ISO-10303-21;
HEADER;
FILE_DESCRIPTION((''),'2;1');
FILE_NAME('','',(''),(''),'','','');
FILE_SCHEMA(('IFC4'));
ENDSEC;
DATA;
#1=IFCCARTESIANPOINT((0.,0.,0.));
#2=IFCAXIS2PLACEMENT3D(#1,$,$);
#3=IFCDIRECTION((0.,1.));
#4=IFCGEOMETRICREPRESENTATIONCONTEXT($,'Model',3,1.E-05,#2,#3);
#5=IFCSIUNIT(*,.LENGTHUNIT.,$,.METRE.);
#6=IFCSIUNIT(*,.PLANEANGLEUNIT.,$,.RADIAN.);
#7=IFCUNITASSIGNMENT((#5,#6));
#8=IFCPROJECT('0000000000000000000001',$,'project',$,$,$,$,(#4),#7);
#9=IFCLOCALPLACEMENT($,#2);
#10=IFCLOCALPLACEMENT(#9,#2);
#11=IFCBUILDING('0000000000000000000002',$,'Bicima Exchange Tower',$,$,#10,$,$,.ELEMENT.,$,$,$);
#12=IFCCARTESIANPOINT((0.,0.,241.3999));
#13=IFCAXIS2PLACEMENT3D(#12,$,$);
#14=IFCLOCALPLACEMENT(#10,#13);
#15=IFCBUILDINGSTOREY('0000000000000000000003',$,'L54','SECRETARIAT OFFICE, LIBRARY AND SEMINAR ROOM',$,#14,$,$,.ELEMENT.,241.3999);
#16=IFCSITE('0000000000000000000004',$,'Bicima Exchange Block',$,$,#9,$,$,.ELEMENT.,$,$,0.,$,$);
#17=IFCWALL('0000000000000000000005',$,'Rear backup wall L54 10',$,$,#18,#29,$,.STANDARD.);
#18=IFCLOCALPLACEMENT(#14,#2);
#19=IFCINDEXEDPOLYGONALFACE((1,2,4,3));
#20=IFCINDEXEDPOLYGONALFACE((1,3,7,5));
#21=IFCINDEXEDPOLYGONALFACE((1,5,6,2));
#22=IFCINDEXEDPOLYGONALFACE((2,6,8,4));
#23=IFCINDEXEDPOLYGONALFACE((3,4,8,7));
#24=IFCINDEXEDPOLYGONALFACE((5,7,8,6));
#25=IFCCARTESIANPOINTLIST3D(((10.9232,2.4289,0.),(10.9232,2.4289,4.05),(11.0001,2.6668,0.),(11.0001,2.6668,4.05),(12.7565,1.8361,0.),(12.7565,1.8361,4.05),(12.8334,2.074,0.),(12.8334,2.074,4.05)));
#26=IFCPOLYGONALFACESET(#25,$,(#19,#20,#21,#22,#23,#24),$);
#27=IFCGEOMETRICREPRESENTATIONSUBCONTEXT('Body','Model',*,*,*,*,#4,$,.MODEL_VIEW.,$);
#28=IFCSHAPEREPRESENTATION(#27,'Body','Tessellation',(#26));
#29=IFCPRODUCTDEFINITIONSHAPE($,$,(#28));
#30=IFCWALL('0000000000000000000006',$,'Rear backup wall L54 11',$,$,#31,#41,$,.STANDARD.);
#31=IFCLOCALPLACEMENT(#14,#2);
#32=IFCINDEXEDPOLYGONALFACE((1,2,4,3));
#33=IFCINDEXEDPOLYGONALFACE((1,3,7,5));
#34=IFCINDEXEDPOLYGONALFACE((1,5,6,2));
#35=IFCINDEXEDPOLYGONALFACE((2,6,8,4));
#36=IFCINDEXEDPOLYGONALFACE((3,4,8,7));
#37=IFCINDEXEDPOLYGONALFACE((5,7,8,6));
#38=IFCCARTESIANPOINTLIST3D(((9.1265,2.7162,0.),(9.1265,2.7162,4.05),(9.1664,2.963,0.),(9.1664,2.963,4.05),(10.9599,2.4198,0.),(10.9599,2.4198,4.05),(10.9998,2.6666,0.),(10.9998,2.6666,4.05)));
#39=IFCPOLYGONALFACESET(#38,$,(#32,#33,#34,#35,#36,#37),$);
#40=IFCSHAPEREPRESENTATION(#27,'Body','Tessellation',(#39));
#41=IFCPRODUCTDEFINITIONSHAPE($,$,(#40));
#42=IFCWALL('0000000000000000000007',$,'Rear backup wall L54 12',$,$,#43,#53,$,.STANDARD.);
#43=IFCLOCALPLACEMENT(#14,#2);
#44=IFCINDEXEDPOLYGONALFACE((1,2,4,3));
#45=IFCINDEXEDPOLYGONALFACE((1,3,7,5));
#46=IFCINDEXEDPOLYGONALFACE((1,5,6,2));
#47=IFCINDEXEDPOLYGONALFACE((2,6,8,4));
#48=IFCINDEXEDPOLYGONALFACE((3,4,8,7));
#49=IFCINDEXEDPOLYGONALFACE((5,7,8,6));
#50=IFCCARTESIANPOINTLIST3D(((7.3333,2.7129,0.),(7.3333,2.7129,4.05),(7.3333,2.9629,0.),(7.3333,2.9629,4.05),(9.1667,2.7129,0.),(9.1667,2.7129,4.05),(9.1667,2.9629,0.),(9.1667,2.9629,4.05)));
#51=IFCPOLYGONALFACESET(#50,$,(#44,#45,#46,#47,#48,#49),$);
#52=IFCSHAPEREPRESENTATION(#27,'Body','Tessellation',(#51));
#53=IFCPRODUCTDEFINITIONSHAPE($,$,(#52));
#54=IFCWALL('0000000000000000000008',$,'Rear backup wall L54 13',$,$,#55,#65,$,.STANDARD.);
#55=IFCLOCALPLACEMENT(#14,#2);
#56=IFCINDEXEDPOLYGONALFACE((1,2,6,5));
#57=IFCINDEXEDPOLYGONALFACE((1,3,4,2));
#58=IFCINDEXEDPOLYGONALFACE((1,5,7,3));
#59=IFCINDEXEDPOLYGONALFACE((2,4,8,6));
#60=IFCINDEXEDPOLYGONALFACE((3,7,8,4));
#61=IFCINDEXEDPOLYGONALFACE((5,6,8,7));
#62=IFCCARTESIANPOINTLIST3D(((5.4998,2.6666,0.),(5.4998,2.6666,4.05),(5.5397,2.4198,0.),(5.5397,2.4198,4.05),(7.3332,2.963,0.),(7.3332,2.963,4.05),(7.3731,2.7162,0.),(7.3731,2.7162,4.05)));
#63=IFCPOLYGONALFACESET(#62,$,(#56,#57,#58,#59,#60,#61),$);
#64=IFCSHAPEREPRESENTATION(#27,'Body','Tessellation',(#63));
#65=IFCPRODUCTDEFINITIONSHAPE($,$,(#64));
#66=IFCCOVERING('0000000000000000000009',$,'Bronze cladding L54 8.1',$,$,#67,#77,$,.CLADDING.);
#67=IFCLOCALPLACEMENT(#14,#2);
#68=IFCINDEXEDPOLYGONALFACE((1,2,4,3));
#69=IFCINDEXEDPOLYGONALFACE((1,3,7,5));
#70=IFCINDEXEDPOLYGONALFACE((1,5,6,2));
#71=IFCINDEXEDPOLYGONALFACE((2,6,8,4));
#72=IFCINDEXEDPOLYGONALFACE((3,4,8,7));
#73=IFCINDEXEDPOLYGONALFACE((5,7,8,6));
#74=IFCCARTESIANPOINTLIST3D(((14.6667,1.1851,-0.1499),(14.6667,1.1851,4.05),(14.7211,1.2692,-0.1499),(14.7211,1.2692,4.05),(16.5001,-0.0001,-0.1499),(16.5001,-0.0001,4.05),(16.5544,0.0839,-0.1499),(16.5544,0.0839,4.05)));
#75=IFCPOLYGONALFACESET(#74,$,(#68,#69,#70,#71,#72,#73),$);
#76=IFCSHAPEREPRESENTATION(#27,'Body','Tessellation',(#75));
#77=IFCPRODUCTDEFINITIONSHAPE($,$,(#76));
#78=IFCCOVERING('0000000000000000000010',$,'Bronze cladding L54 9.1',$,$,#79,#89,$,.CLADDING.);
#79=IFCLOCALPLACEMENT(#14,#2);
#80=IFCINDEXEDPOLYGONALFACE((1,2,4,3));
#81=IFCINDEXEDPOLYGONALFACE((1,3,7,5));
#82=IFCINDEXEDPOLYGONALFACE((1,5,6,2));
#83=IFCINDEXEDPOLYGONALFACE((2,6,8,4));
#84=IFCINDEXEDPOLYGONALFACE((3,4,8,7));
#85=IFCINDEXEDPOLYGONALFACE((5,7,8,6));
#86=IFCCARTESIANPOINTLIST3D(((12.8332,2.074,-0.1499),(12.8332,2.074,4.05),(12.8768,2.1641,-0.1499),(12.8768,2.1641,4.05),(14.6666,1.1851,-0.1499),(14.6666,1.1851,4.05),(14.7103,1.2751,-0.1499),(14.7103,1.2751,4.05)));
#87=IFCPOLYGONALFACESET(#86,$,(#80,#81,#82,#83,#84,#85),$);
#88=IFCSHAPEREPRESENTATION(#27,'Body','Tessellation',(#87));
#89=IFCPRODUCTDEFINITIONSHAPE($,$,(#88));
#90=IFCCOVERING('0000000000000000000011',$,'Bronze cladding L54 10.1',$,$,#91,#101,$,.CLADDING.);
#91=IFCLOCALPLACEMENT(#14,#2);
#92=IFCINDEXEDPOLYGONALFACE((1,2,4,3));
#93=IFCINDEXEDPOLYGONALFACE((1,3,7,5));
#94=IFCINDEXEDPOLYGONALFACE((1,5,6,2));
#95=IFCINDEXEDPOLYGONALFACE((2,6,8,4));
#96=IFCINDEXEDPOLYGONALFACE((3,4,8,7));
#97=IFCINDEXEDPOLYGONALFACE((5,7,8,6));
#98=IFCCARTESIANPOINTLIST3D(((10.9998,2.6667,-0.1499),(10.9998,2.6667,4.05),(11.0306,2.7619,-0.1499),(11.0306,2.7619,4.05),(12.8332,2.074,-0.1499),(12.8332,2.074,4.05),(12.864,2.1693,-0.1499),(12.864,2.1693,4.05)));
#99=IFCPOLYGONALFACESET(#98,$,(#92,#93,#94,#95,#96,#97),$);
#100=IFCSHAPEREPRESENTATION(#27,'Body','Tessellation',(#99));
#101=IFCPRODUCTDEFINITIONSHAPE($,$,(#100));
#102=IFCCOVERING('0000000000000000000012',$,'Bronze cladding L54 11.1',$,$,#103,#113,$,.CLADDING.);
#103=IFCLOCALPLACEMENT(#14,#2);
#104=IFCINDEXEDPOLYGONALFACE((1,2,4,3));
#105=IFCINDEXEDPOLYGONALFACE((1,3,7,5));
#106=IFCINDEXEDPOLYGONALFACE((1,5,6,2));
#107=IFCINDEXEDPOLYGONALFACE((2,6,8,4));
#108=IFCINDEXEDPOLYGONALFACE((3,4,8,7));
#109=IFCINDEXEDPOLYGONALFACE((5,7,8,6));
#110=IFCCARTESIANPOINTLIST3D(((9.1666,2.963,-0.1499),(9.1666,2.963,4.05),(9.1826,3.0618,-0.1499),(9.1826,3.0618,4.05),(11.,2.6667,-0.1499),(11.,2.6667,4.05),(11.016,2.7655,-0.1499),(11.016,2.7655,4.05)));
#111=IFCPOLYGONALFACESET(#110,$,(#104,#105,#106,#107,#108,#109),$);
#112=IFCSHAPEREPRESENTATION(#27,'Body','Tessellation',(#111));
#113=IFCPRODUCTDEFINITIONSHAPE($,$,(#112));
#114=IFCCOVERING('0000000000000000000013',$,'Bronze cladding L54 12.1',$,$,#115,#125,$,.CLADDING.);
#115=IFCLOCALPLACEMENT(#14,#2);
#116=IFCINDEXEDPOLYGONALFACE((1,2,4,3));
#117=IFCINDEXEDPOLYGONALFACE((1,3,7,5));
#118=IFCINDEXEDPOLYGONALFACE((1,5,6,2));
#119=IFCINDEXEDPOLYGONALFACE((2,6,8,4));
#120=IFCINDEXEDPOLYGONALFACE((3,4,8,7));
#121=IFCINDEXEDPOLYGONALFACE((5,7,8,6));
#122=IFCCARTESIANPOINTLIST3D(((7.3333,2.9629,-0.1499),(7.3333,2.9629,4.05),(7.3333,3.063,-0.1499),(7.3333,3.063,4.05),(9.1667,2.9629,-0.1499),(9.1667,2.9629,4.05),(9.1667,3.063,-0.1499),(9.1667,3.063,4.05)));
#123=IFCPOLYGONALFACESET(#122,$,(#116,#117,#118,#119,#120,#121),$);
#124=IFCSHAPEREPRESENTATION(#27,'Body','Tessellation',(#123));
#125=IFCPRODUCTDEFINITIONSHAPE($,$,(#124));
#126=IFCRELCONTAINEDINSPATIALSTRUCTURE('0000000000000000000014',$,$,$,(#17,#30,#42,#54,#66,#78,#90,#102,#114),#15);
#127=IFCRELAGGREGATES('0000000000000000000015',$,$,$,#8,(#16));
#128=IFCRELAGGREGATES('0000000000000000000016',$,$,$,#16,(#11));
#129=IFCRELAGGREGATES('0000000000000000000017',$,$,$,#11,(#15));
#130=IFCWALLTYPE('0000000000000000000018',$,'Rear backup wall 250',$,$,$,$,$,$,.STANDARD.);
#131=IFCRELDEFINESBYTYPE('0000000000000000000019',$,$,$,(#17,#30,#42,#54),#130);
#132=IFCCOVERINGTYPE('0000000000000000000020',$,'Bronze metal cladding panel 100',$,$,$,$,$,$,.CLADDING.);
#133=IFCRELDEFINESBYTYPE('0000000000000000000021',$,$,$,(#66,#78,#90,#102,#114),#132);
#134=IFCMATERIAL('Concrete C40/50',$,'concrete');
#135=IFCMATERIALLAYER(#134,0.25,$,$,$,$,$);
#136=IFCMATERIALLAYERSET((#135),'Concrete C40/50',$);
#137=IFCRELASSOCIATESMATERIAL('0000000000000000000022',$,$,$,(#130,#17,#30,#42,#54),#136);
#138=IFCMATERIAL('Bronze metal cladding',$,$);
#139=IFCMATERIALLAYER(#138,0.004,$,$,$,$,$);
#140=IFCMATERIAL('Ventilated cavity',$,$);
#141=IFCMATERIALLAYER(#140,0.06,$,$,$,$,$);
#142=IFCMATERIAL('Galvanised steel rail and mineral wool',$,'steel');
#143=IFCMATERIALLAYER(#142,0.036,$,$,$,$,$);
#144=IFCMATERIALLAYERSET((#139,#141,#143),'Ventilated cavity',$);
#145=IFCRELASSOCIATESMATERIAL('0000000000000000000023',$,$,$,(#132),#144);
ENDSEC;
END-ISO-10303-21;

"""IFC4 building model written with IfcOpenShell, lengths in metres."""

from ifc_helpers import new_model, si_unit, direction, frame, frame_2d, origin, origin_2d, place, context, subcontext, project, spatial, rectangle, extrude, material, layer, layer_set, layer_usage, type_object, element, save


model = new_model("IFC4")

# Units and contexts
model_context = context("Model", 3, precision=1e-05, world=origin(), true_north=direction((0.0, 1.0)))
body_context = subcontext(model_context, "Body", "Model", "MODEL_VIEW")
ifc_project = project(units=[si_unit("LENGTHUNIT", "METRE"), si_unit("PLANEANGLEUNIT", "RADIAN")], contexts=[model_context])

# Site, building, storey
site_placement = place(None, origin())
site = spatial("IfcSite", under=ifc_project, at=site_placement, Name="Bicima Exchange Block", CompositionType="ELEMENT", RefElevation=0.0)
building_placement = place(site_placement, origin())
building = spatial("IfcBuilding", under=site, at=building_placement, Name="Bicima Exchange Tower", CompositionType="ELEMENT")
storey_placement = place(building_placement, frame((0.0, 0.0, 241.3999)))
storey = spatial("IfcBuildingStorey", under=building, at=storey_placement, Name="L54", Description="SECRETARIAT OFFICE, LIBRARY AND SEMINAR ROOM", CompositionType="ELEMENT", Elevation=241.3999)

# Shared definitions
ifc_material_1 = material(Name="Concrete C40/50", Category="concrete")

# Walls
ifc_layer_1 = layer(ifc_material_1, 0.25)
ifc_layer_set_1 = layer_set([ifc_layer_1], Name="Concrete C40/50")
ifc_layer_usage = layer_usage(ifc_layer_set_1, "AXIS2", "POSITIVE", -0.125)
wall_type_1 = type_object("IfcWallType", Name="Rear backup wall 250", PredefinedType="STANDARD", material=ifc_layer_set_1)
wall_1_placement = place(storey_placement, frame((12.7949, 1.9551, 0.0), z_axis=(0.0, 0.0, 1.0), x_axis=(-0.951496, 0.307662, 0.0)))
element("IfcWall", 1, at=wall_1_placement, inside=storey, type_object=wall_type_1, material=ifc_layer_usage, Name="Rear backup wall L54 10", PredefinedType="STANDARD", context=body_context, shape_type="SweptSolid", body=[
    extrude(rectangle(XDim=1.9268, YDim=0.25, at=frame_2d((0.9634, 0.0))), origin(), (0.0, 0.0, 1.0), 4.05),
])
wall_2_placement = place(storey_placement, frame((10.98, 2.5432, 0.0), z_axis=(0.0, 0.0, 1.0), x_axis=(-0.987182, 0.1596, 0.0)))
element("IfcWall", 2, at=wall_2_placement, inside=storey, type_object=wall_type_1, material=ifc_layer_usage, Name="Rear backup wall L54 11", PredefinedType="STANDARD", context=body_context, shape_type="SweptSolid", body=[
    extrude(rectangle(XDim=1.8572, YDim=0.25, at=frame_2d((0.9287, 0.0))), origin(), (0.0, 0.0, 1.0), 4.05),
])
wall_3_placement = place(storey_placement, frame((9.1667, 2.8379, 0.0), z_axis=(0.0, 0.0, 1.0), x_axis=(-1.0, 0.0, 0.0)))
element("IfcWall", 3, at=wall_3_placement, inside=storey, type_object=wall_type_1, material=ifc_layer_usage, Name="Rear backup wall L54 12", PredefinedType="STANDARD", context=body_context, shape_type="SweptSolid", body=[
    extrude(rectangle(XDim=1.8335, YDim=0.25, at=frame_2d((0.9167, 0.0))), origin(), (0.0, 0.0, 1.0), 4.05),
])
wall_4_placement = place(storey_placement, frame((7.3533, 2.8396, 0.0), z_axis=(0.0, 0.0, 1.0), x_axis=(-0.987182, -0.1596, 0.0)))
element("IfcWall", 4, at=wall_4_placement, inside=storey, type_object=wall_type_1, material=ifc_layer_usage, Name="Rear backup wall L54 13", PredefinedType="STANDARD", context=body_context, shape_type="SweptSolid", body=[
    extrude(rectangle(XDim=1.8572, YDim=0.25, at=frame_2d((0.9287, 0.0))), origin(), (0.0, 0.0, 1.0), 4.05),
])

# Coverings
ifc_material_2 = material(Name="Bronze metal cladding")
ifc_layer_2 = layer(ifc_material_2, 0.004)
ifc_material_3 = material(Name="Ventilated cavity")
ifc_layer_3 = layer(ifc_material_3, 0.06)
ifc_material_4 = material(Name="Galvanised steel rail and mineral wool", Category="steel")
ifc_layer_4 = layer(ifc_material_4, 0.036)
ifc_layer_set_2 = layer_set([ifc_layer_2, ifc_layer_3, ifc_layer_4], Name="Ventilated cavity")
covering_type = type_object("IfcCoveringType", Name="Bronze metal cladding panel 100", PredefinedType="CLADDING", material=ifc_layer_set_2)
covering_1_placement = place(storey_placement, frame((15.6106, 0.6345, -0.1499), z_axis=(0.0, 0.0, 1.0), x_axis=(-0.83979, 0.542911, 0.0)))
element("IfcCovering", 5, at=covering_1_placement, inside=storey, type_object=covering_type, Name="Bronze cladding L54 8.1", PredefinedType="CLADDING", context=body_context, shape_type="SweptSolid", body=[
    extrude(rectangle(XDim=2.1831, YDim=0.1001, at=origin_2d()), origin(), (0.0, 0.0, 1.0), 4.2),
])
covering_2_placement = place(storey_placement, frame((13.7717, 1.6746, -0.1499), z_axis=(0.0, 0.0, 1.0), x_axis=(-0.899818, 0.436265, 0.0)))
element("IfcCovering", 6, at=covering_2_placement, inside=storey, type_object=covering_type, Name="Bronze cladding L54 9.1", PredefinedType="CLADDING", context=body_context, shape_type="SweptSolid", body=[
    extrude(rectangle(XDim=2.0376, YDim=0.1001, at=origin_2d()), origin(), (0.0, 0.0, 1.0), 4.2),
])
covering_3_placement = place(storey_placement, frame((11.9319, 2.418, -0.1499), z_axis=(0.0, 0.0, 1.0), x_axis=(-0.951525, 0.307573, 0.0)))
element("IfcCovering", 7, at=covering_3_placement, inside=storey, type_object=covering_type, Name="Bronze cladding L54 10.1", PredefinedType="CLADDING", context=body_context, shape_type="SweptSolid", body=[
    extrude(rectangle(XDim=1.9268, YDim=0.1001, at=origin_2d()), origin(), (0.0, 0.0, 1.0), 4.2),
])
covering_4_placement = place(storey_placement, frame((10.0913, 2.8643, -0.1499), z_axis=(0.0, 0.0, 1.0), x_axis=(-0.98719, 0.15955, 0.0)))
element("IfcCovering", 8, at=covering_4_placement, inside=storey, type_object=covering_type, Name="Bronze cladding L54 11.1", PredefinedType="CLADDING", context=body_context, shape_type="SweptSolid", body=[
    extrude(rectangle(XDim=1.8572, YDim=0.1001, at=origin_2d()), origin(), (0.0, 0.0, 1.0), 4.2),
])
covering_5_placement = place(storey_placement, frame((8.25, 3.0129, -0.1499), z_axis=(0.0, 0.0, 1.0), x_axis=(-1.0, 0.0, 0.0)))
element("IfcCovering", 9, at=covering_5_placement, inside=storey, type_object=covering_type, Name="Bronze cladding L54 12.1", PredefinedType="CLADDING", context=body_context, shape_type="SweptSolid", body=[
    extrude(rectangle(XDim=1.8335, YDim=0.1001, at=origin_2d()), origin(), (0.0, 0.0, 1.0), 4.2),
])

save(model, "model.ifc")
